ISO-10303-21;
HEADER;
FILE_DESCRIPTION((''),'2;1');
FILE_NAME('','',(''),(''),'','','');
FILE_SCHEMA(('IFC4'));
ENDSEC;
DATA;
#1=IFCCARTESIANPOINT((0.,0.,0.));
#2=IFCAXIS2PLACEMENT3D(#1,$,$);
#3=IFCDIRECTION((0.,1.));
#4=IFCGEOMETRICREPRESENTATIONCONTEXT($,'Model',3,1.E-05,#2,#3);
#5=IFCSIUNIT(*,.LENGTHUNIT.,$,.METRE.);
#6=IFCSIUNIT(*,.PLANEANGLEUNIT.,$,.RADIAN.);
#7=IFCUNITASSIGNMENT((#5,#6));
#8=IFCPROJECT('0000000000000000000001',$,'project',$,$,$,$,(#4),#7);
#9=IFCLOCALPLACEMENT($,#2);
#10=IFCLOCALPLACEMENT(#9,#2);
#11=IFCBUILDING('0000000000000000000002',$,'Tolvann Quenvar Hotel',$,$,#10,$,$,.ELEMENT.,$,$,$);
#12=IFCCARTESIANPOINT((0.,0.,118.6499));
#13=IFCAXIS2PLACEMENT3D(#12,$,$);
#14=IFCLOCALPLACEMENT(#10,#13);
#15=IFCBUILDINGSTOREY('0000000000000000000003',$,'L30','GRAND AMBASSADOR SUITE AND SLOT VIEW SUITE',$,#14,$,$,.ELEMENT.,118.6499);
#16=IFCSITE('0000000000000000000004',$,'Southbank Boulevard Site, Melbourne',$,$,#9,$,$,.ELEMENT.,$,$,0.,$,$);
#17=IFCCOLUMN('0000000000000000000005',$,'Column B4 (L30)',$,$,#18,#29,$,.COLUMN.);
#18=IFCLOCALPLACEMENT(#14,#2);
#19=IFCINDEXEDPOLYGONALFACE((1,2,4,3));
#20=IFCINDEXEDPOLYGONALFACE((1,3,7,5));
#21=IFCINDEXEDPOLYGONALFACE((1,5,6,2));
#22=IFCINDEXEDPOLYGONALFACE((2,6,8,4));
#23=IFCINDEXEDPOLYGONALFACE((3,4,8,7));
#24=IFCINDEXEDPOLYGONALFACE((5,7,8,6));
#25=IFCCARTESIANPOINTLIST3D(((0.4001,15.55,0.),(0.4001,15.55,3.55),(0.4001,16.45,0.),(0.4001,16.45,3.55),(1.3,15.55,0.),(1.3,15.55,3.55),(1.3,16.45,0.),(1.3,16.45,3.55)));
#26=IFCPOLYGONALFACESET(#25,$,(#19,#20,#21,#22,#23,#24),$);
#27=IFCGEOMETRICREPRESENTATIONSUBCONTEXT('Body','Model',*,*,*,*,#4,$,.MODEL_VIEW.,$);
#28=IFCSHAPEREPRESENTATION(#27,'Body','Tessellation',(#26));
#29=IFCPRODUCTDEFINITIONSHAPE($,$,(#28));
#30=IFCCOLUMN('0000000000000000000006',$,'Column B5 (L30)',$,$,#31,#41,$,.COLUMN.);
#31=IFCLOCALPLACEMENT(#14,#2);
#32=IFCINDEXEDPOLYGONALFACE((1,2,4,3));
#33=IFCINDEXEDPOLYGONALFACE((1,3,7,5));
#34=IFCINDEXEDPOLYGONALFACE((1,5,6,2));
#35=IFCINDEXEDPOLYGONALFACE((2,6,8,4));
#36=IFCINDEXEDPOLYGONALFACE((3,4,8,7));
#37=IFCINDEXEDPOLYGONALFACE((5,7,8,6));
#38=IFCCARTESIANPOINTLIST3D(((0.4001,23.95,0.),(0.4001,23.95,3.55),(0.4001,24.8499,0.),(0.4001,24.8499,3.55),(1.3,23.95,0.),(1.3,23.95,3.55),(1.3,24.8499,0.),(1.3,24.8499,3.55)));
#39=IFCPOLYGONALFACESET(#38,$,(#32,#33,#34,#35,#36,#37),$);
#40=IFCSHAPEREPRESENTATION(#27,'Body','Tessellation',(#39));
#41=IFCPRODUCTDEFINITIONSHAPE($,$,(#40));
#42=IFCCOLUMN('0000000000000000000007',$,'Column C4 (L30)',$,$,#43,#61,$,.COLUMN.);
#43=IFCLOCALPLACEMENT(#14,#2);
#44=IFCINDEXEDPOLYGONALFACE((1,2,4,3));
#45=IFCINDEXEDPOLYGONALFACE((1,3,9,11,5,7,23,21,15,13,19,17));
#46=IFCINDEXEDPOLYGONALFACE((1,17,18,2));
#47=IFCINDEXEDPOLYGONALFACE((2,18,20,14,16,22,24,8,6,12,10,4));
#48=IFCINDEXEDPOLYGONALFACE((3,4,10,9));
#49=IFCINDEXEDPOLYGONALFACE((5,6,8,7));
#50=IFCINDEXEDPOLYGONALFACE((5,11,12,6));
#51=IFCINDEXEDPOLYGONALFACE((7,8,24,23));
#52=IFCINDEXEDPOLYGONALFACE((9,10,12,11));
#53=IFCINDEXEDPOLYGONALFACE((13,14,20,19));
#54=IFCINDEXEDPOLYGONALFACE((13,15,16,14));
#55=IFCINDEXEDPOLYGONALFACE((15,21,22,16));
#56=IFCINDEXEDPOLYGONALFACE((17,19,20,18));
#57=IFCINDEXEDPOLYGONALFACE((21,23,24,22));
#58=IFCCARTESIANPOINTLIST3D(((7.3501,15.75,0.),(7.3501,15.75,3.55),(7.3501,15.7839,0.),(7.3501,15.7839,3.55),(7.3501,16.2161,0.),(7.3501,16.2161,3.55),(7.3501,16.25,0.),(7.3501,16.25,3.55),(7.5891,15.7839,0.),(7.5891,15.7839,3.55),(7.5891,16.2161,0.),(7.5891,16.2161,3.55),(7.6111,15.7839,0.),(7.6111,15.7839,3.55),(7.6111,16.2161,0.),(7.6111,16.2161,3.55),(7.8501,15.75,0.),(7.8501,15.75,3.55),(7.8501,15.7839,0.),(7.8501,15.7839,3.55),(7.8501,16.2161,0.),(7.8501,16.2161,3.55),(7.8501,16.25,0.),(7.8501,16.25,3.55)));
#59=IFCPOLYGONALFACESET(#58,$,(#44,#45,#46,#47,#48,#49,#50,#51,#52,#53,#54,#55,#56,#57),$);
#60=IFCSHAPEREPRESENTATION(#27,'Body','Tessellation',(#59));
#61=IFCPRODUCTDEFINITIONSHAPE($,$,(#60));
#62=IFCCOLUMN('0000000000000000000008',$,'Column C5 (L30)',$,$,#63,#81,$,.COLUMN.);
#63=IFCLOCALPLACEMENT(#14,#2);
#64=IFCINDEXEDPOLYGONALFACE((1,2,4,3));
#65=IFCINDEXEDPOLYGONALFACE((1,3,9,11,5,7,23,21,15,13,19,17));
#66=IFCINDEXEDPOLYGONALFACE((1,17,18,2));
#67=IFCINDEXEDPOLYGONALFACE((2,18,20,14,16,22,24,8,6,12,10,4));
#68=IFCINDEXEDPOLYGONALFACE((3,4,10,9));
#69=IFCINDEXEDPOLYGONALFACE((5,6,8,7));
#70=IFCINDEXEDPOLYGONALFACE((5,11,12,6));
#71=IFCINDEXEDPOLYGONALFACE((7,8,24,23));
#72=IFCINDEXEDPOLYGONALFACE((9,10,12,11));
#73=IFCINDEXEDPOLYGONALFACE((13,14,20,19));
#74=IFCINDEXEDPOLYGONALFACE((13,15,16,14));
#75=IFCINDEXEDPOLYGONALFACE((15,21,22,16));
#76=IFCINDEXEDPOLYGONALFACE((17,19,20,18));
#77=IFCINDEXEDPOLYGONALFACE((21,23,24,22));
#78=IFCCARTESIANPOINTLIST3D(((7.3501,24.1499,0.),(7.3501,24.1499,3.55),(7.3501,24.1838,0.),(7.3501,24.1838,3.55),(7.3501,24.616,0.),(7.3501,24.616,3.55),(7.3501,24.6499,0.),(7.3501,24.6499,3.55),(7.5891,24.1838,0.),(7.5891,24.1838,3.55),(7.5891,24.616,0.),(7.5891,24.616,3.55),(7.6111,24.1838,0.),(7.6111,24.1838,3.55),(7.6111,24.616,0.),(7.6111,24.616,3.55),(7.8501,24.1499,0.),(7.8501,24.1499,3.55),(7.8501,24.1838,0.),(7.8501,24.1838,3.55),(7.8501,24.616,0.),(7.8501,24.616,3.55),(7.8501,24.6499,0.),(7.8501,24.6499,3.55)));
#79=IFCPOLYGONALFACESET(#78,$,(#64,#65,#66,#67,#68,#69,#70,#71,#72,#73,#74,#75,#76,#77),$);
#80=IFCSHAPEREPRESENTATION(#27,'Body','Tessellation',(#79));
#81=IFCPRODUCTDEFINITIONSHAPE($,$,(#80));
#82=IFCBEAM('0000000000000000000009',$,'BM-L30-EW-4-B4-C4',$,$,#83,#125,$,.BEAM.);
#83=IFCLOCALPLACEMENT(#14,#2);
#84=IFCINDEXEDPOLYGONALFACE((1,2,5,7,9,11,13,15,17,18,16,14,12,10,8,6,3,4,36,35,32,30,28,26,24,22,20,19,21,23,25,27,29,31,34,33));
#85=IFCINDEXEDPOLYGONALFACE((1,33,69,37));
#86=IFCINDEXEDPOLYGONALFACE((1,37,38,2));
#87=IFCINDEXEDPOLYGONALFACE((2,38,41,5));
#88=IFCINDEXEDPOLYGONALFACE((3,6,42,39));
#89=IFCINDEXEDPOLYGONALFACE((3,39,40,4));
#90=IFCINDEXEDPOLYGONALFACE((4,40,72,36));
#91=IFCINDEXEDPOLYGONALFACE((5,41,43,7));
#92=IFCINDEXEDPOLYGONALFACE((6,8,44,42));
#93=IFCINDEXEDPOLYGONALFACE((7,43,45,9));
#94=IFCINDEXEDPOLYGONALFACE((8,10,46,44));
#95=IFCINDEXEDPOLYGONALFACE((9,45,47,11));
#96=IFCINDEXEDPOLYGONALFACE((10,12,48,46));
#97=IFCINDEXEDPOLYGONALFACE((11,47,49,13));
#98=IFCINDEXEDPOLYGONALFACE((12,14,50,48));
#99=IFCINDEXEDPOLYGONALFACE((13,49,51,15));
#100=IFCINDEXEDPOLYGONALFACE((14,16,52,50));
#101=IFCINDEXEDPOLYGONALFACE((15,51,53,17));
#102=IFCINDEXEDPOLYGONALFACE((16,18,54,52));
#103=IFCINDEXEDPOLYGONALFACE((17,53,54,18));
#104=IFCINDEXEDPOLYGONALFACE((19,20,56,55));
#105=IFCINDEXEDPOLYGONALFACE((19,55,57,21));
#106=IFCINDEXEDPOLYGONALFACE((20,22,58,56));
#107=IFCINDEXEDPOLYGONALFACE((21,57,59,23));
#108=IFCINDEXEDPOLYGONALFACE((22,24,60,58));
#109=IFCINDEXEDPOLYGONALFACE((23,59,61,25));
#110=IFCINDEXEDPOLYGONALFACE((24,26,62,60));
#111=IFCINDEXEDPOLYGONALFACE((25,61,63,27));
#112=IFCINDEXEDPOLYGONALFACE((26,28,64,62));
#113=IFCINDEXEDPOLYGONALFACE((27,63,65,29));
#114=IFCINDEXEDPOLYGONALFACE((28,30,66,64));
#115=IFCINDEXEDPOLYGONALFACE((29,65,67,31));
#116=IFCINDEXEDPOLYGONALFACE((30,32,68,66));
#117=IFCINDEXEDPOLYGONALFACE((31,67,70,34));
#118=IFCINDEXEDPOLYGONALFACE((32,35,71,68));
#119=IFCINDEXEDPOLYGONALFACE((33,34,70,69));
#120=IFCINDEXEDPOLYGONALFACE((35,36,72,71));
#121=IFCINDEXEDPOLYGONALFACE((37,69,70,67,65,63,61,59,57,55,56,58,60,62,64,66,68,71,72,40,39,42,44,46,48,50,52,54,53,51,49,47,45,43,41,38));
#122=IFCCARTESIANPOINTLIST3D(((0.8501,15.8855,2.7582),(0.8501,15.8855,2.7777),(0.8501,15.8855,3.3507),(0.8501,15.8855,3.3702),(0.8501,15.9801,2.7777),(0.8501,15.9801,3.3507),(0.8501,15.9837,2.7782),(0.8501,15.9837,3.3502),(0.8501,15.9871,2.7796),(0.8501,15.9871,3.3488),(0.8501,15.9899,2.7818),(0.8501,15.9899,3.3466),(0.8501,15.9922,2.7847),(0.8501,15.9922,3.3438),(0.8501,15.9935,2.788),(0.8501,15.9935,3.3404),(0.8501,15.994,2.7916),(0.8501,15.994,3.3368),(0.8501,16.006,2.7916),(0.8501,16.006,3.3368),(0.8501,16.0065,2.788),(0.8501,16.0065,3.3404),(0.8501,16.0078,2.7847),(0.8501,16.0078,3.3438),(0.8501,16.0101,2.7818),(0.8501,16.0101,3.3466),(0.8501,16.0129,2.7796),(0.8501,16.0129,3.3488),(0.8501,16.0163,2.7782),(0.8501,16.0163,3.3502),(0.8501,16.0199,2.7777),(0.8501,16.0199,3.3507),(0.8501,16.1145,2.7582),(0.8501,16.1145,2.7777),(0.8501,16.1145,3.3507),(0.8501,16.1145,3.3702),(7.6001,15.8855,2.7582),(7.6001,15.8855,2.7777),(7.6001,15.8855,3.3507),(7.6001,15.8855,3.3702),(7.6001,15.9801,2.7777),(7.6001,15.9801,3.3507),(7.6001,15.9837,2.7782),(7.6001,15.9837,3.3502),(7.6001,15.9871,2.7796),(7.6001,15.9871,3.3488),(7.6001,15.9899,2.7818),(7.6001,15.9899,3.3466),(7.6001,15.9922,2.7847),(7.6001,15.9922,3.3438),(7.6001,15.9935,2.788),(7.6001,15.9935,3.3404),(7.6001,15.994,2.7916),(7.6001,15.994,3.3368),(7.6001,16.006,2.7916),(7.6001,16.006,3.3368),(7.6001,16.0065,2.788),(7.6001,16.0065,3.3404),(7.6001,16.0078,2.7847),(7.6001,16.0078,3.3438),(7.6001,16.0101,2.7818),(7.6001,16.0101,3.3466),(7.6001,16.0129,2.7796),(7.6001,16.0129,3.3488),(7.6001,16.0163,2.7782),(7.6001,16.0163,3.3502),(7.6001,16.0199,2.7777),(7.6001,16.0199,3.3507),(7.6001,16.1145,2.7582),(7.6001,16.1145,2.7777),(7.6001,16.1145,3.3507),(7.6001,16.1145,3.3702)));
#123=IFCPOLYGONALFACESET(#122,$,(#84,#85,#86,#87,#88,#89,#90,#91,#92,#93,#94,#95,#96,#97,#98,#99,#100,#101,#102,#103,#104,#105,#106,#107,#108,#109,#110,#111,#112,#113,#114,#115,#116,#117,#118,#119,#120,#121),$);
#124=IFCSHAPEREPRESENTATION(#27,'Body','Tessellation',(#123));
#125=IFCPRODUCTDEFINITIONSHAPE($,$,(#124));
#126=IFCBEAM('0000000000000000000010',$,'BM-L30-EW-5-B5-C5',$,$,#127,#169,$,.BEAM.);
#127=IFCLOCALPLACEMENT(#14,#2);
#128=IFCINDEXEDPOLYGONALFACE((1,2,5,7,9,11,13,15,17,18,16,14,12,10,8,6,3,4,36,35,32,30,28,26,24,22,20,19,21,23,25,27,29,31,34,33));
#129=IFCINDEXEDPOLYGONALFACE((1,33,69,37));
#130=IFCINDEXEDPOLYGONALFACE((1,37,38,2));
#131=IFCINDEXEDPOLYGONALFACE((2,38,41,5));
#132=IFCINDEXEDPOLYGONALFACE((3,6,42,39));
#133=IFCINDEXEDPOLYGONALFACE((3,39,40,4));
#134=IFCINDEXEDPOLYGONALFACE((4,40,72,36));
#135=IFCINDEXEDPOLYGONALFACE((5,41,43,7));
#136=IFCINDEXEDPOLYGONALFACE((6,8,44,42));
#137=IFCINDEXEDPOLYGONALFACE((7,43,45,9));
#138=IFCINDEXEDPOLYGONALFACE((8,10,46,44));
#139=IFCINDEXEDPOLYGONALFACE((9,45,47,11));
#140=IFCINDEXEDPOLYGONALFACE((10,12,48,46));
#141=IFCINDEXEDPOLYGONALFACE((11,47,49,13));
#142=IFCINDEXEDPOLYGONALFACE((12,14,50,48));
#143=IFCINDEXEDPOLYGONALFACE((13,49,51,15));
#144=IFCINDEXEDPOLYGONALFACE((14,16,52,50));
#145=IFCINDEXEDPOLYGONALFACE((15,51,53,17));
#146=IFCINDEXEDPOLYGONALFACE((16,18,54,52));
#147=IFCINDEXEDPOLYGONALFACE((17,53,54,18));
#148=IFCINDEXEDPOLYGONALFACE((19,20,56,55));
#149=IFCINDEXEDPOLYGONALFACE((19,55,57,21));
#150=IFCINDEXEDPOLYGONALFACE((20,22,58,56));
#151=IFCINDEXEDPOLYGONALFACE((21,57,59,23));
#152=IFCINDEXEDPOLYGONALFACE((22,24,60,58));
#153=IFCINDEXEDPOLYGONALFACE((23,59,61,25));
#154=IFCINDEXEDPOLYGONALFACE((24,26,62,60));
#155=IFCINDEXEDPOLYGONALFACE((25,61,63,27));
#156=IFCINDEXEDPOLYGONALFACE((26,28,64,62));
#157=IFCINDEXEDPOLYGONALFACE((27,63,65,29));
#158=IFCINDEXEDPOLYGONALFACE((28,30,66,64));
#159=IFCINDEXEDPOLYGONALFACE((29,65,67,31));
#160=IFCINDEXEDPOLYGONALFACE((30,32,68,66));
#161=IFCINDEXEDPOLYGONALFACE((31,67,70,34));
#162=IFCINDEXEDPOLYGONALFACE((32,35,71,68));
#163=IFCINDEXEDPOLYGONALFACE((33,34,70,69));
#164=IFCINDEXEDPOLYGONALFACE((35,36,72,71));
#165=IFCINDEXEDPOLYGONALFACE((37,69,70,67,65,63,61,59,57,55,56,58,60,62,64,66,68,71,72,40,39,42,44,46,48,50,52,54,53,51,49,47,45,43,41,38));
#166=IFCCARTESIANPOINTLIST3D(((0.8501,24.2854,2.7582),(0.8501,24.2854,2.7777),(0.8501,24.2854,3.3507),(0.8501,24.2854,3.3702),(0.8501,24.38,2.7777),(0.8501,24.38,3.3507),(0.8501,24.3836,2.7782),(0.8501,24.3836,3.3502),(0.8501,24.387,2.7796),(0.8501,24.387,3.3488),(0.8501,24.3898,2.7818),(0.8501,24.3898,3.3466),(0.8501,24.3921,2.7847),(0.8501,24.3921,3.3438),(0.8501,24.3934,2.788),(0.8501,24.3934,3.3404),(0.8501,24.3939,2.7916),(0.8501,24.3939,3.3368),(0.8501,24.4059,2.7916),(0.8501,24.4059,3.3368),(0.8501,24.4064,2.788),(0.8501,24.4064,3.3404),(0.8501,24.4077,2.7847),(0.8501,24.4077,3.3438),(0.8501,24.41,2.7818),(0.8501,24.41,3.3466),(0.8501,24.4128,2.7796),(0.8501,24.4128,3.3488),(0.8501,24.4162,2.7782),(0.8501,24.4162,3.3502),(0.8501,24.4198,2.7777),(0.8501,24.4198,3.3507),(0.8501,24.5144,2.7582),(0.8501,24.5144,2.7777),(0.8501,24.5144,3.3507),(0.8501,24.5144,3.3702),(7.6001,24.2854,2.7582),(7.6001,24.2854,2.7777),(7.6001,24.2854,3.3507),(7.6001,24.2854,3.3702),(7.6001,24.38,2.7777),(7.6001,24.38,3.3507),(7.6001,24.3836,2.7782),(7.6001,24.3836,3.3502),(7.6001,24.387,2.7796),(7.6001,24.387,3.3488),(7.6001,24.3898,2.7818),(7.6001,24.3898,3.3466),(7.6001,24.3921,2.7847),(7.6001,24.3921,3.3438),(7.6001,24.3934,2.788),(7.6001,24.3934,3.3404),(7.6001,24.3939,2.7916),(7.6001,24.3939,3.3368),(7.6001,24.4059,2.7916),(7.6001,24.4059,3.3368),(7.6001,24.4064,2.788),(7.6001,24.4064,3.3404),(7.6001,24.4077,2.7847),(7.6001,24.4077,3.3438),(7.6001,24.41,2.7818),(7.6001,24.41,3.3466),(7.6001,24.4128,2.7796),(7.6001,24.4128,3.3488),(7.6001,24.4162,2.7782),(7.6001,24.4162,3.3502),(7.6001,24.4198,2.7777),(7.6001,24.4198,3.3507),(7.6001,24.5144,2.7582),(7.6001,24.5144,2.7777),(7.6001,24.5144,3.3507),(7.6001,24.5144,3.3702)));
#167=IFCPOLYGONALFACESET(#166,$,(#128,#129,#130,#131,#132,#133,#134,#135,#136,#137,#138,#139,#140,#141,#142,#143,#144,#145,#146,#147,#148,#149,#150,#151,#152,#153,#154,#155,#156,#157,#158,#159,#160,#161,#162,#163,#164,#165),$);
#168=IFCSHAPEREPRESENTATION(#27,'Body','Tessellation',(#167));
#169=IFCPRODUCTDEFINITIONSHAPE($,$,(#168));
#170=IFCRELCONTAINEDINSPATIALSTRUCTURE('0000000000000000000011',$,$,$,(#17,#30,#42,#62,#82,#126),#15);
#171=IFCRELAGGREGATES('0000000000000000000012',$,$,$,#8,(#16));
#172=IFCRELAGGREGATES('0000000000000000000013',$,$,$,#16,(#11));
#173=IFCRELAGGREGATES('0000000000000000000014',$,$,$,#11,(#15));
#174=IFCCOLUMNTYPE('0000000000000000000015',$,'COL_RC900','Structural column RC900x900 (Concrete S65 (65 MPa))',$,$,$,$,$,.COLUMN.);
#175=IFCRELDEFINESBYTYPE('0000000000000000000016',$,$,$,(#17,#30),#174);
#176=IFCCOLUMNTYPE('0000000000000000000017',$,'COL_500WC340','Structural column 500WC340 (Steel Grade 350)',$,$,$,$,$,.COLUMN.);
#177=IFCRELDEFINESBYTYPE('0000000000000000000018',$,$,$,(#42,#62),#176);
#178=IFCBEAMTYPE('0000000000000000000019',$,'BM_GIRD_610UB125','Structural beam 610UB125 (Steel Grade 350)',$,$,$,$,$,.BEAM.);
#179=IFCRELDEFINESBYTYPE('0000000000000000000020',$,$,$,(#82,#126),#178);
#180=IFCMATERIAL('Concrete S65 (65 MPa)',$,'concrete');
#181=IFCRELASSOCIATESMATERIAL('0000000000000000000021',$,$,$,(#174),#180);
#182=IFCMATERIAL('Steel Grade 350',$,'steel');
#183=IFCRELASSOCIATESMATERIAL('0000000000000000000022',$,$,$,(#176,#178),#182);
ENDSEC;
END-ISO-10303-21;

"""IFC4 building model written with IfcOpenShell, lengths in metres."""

from ifc_helpers import new_model, si_unit, direction, frame, origin, origin_2d, place, context, subcontext, project, spatial, rectangle, i_section, extrude, source, transform, mapped, material, material_profile, profile_set, type_object, type_shapes, element, save


model = new_model("IFC4")

# Units and contexts
model_context = context("Model", 3, precision=1e-05, world=origin(), true_north=direction((0.0, 1.0)))
body_context = subcontext(model_context, "Body", "Model", "MODEL_VIEW")
ifc_project = project(units=[si_unit("LENGTHUNIT", "METRE"), si_unit("PLANEANGLEUNIT", "RADIAN")], contexts=[model_context])

# Site, building, storey
site_placement = place(None, origin())
site = spatial("IfcSite", under=ifc_project, at=site_placement, Name="Southbank Boulevard Site, Melbourne", CompositionType="ELEMENT", RefElevation=0.0)
building_placement = place(site_placement, origin())
building = spatial("IfcBuilding", under=site, at=building_placement, Name="Tolvann Quenvar Hotel", CompositionType="ELEMENT")
storey_placement = place(building_placement, frame((0.0, 0.0, 118.6499)))
storey = spatial("IfcBuildingStorey", under=building, at=storey_placement, Name="L30", Description="GRAND AMBASSADOR SUITE AND SLOT VIEW SUITE", CompositionType="ELEMENT", Elevation=118.6499)

# Columns
ifc_material_1 = material(Name="Concrete S65 (65 MPa)", Category="concrete")
ifc_material_profile_1 = material_profile(ifc_material_1, rectangle(XDim=0.8999, YDim=0.8999, at=origin_2d()), Name="RC900x900")
ifc_profile_set_1 = profile_set([ifc_material_profile_1], Name="Concrete S65 (65 MPa)")
column_type_1 = type_object("IfcColumnType", Name="COL_RC900", Description="Structural column RC900x900 (Concrete S65 (65 MPa))", PredefinedType="COLUMN", material=ifc_profile_set_1)
shared_shape_1 = source(origin(), body_context, "Body", "SweptSolid", [
    extrude(rectangle(XDim=0.8999, YDim=0.8999, at=origin_2d()), origin(), (0.0, 0.0, 1.0), 3.55),
])
type_shapes(column_type_1, [shared_shape_1])
for number, where, z_axis, x_axis, name in (
    (1, (0.8501, 16.0, 0.0), (0.0, 0.0, 1.0), (1.0, 0.0, 0.0), "Column B4 (L30)"),
    (2, (0.8501, 24.3999, 0.0), (0.0, 0.0, 1.0), (1.0, 0.0, 0.0), "Column B5 (L30)"),
):
    element("IfcColumn", number, at=place(storey_placement, frame(where, z_axis=z_axis, x_axis=x_axis)), inside=storey, type_object=column_type_1, Name=name, PredefinedType="COLUMN", context=body_context, shape_type="MappedRepresentation", body=[
        mapped(shared_shape_1, transform((0.0, 0.0, 0.0), x_axis=(1.0, 0.0, 0.0), y_axis=(0.0, 1.0, 0.0), z_axis=(0.0, 0.0, 1.0), scale=1.0)),
    ])
ifc_material_2 = material(Name="Steel Grade 350", Category="steel")
ifc_material_profile_2 = material_profile(ifc_material_2, i_section(OverallWidth=0.5, OverallDepth=0.5, WebThickness=0.022, FlangeThickness=0.0339, at=origin_2d()), Name="500WC340")
ifc_profile_set_2 = profile_set([ifc_material_profile_2], Name="Steel Grade 350")
column_type_2 = type_object("IfcColumnType", Name="COL_500WC340", Description="Structural column 500WC340 (Steel Grade 350)", PredefinedType="COLUMN", material=ifc_profile_set_2)
shared_shape_2 = source(origin(), body_context, "Body", "SweptSolid", [
    extrude(i_section(OverallWidth=0.5, OverallDepth=0.5, WebThickness=0.022, FlangeThickness=0.0339, at=origin_2d()), origin(), (0.0, 0.0, 1.0), 3.55),
])
type_shapes(column_type_2, [shared_shape_2])
for number, where, z_axis, x_axis, name in (
    (3, (7.6001, 16.0, 0.0), (0.0, 0.0, 1.0), (1.0, 0.0, 0.0), "Column C4 (L30)"),
    (4, (7.6001, 24.3999, 0.0), (0.0, 0.0, 1.0), (1.0, 0.0, 0.0), "Column C5 (L30)"),
):
    element("IfcColumn", number, at=place(storey_placement, frame(where, z_axis=z_axis, x_axis=x_axis)), inside=storey, type_object=column_type_2, Name=name, PredefinedType="COLUMN", context=body_context, shape_type="MappedRepresentation", body=[
        mapped(shared_shape_2, transform((0.0, 0.0, 0.0), x_axis=(1.0, 0.0, 0.0), y_axis=(0.0, 1.0, 0.0), z_axis=(0.0, 0.0, 1.0), scale=1.0)),
    ])

# Beams
ifc_material_profile_3 = material_profile(ifc_material_2, i_section(OverallWidth=0.229, OverallDepth=0.6121, WebThickness=0.012, FlangeThickness=0.0195, FilletRadius=0.0139, at=origin_2d()), Name="610UB125")
ifc_profile_set_3 = profile_set([ifc_material_profile_3], Name="Steel Grade 350")
beam_type_1 = type_object("IfcBeamType", Name="BM_GIRD_610UB125", Description="Structural beam 610UB125 (Steel Grade 350)", PredefinedType="BEAM", material=ifc_profile_set_3)
shared_shape_3 = source(origin(), body_context, "Body", "SweptSolid", [
    extrude(i_section(OverallWidth=0.229, OverallDepth=0.6121, WebThickness=0.012, FlangeThickness=0.0195, FilletRadius=0.0139, at=origin_2d()), origin(), (0.0, 0.0, 1.0), 6.75),
])
for number, where, z_axis, x_axis, name in (
    (5, (0.8501, 16.0, 3.0642), (1.0, 0.0, 0.0), (0.0, 1.0, 0.0), "BM-L30-EW-4-B4-C4"),
    (6, (0.8501, 24.3999, 3.0642), (1.0, 0.0, 0.0), (0.0, 1.0, 0.0), "BM-L30-EW-5-B5-C5"),
):
    element("IfcBeam", number, at=place(storey_placement, frame(where, z_axis=z_axis, x_axis=x_axis)), inside=storey, type_object=beam_type_1, Name=name, PredefinedType="BEAM", context=body_context, shape_type="MappedRepresentation", body=[
        mapped(shared_shape_3, transform((0.0, 0.0, 0.0), x_axis=(1.0, 0.0, 0.0), y_axis=(0.0, 1.0, 0.0), z_axis=(0.0, 0.0, 1.0), scale=1.0)),
    ])

save(model, "model.ifc")
